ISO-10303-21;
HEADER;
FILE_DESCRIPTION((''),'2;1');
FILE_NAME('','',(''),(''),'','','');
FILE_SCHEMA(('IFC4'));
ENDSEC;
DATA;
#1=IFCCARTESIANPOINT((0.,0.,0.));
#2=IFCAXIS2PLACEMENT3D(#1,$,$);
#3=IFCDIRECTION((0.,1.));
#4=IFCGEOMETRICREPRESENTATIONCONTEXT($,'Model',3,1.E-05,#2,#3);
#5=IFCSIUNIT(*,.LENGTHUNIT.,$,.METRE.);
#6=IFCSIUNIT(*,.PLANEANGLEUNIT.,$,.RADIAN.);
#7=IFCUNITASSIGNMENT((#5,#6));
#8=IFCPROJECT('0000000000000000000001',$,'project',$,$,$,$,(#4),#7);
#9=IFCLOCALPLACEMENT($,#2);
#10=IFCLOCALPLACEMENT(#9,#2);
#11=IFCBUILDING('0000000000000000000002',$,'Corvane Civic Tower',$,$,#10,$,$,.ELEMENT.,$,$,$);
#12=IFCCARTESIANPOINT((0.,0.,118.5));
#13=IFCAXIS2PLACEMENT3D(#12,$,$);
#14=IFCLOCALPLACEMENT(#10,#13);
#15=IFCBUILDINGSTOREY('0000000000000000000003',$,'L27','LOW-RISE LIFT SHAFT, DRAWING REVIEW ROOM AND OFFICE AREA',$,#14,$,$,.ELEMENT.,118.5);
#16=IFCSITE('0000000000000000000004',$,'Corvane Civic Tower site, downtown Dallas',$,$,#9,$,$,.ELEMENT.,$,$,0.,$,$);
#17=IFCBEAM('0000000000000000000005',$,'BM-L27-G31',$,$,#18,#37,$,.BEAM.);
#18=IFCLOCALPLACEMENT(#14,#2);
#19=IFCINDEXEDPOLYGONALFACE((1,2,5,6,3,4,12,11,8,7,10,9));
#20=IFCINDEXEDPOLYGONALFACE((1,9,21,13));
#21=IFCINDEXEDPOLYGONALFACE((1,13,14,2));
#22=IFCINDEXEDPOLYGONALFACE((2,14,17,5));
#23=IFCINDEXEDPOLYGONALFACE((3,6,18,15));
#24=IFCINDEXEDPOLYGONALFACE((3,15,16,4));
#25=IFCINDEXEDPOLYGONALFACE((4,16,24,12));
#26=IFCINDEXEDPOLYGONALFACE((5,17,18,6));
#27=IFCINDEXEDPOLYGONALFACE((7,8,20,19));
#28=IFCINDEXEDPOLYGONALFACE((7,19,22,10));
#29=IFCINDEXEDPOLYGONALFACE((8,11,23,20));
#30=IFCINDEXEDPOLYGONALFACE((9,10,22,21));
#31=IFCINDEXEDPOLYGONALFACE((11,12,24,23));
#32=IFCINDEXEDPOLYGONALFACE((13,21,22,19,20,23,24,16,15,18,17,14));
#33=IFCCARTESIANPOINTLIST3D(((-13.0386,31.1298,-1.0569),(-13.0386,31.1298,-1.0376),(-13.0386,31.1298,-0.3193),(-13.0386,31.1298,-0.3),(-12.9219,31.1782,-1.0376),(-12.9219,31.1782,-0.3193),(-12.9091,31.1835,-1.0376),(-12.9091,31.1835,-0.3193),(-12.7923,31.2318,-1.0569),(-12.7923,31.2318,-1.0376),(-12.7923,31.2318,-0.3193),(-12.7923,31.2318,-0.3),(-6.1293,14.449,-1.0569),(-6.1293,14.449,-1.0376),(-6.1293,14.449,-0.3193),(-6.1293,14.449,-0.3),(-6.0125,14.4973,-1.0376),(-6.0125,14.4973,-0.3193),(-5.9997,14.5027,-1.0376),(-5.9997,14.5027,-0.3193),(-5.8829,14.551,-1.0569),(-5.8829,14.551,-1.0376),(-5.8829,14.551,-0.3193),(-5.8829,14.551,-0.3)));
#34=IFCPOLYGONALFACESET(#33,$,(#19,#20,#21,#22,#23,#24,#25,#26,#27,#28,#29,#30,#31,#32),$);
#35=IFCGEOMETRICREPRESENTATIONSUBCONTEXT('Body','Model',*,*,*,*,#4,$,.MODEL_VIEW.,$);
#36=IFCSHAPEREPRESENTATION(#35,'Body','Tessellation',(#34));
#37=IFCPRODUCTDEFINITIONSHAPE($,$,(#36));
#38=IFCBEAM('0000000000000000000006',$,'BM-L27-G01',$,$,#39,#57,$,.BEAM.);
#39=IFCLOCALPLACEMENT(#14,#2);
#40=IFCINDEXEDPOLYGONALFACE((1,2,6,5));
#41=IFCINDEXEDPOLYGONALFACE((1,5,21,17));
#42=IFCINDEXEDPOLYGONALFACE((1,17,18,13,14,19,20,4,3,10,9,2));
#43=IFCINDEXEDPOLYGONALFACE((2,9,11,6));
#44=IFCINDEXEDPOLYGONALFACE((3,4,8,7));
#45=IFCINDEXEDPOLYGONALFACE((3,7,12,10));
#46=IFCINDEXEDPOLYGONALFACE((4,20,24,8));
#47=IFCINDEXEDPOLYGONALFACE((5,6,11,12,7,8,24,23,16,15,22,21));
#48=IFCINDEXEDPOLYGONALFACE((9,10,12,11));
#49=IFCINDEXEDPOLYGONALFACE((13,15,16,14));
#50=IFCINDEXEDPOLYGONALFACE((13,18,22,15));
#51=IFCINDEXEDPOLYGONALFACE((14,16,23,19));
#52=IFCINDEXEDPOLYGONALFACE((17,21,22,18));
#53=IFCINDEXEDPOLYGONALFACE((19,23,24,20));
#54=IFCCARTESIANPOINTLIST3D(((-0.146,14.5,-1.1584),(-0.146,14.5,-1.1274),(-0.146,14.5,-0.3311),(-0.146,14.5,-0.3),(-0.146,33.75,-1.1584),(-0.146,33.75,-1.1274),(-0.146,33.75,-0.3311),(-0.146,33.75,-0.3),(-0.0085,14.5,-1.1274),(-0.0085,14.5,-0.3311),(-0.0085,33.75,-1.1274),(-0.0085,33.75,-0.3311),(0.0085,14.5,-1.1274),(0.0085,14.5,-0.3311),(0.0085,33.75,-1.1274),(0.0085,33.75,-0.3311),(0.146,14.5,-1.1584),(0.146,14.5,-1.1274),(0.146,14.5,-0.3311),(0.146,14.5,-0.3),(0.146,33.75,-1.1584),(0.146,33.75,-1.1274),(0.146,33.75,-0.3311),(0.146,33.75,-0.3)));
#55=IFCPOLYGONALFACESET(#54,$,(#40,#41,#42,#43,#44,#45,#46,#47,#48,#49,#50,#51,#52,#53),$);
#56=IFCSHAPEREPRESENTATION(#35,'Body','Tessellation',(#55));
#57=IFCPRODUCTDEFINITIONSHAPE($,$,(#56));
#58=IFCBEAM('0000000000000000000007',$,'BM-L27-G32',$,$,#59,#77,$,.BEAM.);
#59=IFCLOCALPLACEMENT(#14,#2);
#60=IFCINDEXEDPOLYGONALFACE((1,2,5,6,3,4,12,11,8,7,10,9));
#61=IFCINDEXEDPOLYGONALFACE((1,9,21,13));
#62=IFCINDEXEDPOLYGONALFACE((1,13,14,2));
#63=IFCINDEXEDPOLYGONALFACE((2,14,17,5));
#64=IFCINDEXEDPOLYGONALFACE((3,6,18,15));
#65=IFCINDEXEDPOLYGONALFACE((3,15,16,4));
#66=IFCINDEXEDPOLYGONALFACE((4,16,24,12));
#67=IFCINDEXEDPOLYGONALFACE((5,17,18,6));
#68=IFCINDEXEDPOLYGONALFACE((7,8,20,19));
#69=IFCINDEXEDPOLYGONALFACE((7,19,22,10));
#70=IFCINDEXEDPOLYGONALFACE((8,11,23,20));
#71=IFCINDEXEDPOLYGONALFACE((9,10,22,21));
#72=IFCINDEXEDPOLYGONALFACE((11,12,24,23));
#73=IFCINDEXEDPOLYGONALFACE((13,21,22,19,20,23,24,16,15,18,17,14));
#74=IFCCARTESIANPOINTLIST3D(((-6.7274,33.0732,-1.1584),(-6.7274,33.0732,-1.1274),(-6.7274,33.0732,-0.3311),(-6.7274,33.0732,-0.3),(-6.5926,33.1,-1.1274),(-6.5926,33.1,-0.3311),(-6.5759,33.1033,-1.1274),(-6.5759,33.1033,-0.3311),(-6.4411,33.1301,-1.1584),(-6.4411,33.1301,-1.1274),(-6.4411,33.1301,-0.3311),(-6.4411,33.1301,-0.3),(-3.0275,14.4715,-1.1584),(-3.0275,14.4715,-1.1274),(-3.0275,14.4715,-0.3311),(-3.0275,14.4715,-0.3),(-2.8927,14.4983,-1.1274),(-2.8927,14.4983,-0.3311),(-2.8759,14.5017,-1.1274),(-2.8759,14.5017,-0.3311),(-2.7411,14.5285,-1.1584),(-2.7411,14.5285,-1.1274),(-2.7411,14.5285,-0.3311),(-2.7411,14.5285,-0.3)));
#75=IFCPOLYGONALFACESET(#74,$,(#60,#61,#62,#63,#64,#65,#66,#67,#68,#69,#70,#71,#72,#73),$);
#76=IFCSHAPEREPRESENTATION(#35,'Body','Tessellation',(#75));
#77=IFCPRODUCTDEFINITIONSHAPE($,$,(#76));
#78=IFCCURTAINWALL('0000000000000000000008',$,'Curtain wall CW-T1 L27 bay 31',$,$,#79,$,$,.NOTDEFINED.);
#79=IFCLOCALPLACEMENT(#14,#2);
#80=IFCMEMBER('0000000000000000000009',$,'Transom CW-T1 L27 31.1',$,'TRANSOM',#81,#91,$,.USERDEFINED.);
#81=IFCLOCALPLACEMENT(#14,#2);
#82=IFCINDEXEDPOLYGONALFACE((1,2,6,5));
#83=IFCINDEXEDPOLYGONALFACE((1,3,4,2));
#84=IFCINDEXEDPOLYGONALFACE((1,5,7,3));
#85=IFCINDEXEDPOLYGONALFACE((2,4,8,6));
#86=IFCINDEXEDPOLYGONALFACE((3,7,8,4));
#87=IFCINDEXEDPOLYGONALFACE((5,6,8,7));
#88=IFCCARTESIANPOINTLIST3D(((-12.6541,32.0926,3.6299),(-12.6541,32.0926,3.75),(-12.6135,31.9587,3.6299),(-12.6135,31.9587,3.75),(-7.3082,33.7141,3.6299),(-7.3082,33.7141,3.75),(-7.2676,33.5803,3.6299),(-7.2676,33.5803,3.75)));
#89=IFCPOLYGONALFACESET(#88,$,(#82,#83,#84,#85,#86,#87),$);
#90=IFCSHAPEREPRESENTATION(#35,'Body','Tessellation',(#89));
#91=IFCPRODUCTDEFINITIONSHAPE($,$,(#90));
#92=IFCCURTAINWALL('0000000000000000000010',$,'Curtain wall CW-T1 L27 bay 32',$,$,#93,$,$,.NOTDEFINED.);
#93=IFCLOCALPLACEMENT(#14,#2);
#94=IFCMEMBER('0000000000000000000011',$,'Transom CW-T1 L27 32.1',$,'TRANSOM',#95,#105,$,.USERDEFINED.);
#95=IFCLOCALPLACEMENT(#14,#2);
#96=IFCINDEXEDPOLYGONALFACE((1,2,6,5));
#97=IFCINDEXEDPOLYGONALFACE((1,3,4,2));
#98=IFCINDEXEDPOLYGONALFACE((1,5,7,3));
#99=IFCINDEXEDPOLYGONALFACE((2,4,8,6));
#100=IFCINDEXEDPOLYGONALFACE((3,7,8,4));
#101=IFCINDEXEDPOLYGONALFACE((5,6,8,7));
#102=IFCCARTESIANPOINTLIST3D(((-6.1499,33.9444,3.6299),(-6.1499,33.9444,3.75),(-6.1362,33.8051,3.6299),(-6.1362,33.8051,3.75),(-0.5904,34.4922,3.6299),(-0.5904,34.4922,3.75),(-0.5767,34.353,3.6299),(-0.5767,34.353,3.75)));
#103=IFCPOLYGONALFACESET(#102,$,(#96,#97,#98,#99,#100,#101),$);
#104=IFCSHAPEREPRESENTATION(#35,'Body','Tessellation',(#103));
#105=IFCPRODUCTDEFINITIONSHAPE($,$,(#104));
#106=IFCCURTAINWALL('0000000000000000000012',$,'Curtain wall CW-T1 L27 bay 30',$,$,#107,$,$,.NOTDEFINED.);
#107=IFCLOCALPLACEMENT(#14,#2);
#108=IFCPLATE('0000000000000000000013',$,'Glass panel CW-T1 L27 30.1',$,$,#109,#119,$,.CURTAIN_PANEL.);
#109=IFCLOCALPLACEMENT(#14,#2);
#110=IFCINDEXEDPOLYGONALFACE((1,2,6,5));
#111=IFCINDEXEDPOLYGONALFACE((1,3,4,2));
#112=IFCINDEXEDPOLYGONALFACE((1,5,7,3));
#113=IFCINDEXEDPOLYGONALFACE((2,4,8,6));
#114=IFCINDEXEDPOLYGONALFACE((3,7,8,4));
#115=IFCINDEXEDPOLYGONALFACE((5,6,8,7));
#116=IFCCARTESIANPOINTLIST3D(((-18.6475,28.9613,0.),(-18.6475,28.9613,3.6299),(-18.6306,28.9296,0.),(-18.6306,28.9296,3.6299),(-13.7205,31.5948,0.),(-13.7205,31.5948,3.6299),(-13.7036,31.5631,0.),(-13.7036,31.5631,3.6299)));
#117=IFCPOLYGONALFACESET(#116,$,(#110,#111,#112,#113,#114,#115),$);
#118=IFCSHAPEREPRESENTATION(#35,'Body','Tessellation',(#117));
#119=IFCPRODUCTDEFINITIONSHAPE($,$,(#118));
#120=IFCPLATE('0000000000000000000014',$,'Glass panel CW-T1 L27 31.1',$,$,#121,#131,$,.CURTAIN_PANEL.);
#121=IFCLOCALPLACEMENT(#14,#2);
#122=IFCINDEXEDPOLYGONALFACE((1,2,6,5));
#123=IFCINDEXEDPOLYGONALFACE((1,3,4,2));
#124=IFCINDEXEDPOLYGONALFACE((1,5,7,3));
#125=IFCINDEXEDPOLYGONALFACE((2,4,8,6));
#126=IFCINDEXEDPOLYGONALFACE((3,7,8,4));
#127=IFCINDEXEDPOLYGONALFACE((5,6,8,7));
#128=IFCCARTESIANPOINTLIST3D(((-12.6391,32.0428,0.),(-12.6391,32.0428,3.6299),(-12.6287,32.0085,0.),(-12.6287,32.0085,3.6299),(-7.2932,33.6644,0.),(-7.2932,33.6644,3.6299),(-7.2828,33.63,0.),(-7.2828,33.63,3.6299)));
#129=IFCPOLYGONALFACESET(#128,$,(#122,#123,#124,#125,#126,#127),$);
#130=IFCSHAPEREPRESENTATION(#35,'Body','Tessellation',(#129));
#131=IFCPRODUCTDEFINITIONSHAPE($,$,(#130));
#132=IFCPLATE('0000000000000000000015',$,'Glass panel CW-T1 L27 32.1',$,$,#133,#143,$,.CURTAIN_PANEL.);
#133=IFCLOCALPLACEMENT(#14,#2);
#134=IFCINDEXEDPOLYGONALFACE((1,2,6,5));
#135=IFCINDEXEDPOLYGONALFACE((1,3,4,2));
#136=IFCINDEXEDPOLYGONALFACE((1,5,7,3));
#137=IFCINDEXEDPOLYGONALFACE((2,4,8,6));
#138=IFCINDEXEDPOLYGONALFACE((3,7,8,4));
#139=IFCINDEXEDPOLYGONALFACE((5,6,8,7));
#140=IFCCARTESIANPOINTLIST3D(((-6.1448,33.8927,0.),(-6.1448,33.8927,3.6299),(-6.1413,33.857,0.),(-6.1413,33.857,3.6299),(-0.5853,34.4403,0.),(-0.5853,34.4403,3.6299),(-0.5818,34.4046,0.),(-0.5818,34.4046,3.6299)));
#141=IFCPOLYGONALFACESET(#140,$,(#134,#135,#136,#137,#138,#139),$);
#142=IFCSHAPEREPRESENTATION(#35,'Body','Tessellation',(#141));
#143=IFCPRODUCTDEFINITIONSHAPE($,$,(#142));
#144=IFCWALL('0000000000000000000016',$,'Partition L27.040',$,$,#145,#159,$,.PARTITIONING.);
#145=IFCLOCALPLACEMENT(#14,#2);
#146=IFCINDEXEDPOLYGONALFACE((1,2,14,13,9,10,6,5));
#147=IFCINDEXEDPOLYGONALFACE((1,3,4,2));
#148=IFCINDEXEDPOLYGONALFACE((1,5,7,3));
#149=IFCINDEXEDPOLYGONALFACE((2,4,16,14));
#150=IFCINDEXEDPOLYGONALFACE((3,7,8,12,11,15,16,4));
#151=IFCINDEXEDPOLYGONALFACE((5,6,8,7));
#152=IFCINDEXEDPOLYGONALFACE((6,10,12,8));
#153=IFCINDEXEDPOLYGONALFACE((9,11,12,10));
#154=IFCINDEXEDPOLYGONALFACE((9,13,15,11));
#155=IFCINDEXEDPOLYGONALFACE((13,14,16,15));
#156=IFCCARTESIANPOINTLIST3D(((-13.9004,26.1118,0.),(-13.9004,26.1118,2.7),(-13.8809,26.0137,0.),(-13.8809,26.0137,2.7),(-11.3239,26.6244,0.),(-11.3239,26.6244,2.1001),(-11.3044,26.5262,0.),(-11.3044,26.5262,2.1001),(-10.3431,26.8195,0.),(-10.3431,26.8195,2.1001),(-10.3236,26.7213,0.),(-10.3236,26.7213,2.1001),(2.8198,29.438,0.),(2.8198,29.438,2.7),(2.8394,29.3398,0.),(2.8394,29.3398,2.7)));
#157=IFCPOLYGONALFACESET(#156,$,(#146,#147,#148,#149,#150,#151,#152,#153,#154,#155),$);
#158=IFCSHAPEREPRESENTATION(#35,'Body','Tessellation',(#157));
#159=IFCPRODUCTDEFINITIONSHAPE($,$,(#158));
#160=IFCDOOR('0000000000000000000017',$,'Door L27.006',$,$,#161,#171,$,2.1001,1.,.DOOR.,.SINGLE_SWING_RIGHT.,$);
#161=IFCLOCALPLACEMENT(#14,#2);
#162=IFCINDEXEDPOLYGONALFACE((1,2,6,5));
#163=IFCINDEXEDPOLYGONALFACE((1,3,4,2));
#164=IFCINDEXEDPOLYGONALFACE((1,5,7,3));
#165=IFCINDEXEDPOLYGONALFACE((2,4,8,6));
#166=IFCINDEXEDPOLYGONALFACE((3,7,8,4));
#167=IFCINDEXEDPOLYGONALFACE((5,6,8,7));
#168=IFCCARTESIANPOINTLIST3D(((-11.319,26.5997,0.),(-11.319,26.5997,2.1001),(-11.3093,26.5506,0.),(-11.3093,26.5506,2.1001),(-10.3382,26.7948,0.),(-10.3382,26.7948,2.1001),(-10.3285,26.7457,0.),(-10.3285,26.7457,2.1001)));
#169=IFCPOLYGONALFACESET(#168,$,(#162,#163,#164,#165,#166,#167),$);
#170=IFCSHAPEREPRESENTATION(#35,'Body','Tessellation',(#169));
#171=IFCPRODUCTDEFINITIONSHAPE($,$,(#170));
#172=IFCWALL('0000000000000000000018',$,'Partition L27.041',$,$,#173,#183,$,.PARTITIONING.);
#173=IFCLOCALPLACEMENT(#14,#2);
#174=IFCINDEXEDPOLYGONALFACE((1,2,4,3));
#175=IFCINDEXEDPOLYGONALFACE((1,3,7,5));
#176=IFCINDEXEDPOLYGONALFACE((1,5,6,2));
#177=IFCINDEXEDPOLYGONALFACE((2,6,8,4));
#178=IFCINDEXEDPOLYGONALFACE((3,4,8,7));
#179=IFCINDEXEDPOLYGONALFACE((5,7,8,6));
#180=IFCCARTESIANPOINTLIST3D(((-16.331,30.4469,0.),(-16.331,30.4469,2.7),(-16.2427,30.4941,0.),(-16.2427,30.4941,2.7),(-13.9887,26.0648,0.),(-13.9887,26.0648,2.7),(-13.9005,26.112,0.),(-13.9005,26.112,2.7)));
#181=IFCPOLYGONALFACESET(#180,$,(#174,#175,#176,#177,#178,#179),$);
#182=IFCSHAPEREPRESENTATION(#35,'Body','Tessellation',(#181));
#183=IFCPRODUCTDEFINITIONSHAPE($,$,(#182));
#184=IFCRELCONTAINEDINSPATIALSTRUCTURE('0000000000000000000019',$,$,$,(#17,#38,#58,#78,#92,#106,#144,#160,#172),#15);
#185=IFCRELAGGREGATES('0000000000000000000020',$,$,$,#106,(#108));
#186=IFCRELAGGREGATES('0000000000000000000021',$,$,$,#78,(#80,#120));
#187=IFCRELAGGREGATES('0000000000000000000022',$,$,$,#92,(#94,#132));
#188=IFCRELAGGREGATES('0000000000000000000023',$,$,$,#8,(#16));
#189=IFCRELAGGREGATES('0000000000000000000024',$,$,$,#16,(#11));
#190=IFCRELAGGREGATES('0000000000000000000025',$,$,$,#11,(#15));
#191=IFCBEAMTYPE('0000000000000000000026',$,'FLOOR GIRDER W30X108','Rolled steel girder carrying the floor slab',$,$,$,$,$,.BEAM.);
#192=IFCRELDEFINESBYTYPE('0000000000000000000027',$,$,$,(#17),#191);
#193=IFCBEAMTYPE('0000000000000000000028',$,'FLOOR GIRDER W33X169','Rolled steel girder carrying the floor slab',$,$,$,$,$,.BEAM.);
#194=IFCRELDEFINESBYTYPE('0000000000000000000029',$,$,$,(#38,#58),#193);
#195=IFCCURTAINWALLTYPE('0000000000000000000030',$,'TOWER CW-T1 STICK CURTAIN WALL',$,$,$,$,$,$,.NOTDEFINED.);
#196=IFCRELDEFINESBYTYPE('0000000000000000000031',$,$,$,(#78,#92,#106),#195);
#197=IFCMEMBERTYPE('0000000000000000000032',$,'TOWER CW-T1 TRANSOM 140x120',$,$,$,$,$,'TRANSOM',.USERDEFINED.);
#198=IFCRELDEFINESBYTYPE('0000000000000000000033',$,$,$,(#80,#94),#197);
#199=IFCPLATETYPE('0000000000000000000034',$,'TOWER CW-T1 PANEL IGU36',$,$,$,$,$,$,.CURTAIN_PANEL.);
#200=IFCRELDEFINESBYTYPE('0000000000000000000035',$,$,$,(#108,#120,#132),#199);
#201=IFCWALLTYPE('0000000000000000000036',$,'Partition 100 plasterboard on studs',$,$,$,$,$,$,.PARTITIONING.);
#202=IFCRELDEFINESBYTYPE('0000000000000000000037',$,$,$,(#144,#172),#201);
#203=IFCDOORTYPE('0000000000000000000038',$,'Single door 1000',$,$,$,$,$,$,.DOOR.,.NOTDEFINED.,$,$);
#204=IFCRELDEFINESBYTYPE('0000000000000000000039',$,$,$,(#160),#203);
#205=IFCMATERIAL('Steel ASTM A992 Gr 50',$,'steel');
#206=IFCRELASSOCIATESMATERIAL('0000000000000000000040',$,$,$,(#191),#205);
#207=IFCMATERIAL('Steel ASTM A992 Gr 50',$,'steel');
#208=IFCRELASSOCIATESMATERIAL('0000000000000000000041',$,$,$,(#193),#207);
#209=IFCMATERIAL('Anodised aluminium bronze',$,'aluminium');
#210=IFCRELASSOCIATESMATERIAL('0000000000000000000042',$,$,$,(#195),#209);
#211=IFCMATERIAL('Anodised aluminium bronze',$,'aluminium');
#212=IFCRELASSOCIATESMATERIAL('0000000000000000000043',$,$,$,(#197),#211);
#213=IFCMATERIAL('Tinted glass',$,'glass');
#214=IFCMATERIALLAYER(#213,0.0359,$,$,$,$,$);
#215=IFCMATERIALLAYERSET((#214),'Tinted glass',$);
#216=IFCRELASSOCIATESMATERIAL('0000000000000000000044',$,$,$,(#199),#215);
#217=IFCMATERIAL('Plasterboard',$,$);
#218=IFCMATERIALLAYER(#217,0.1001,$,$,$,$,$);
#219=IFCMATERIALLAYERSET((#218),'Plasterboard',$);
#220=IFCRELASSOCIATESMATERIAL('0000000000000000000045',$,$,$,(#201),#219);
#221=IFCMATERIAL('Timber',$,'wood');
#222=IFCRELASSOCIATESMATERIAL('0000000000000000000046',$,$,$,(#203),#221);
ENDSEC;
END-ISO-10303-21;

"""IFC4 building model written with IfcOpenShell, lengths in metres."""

from ifc_helpers import new_model, si_unit, direction, frame, frame_2d, origin, origin_2d, place, context, subcontext, project, spatial, rectangle, i_section, extrude, material, layer, layer_set, material_profile, profile_set, type_object, element, fill, aggregate, save


model = new_model("IFC4")

# Units and contexts
model_context = context("Model", 3, precision=1e-05, world=origin(), true_north=direction((0.0, 1.0)))
body_context = subcontext(model_context, "Body", "Model", "MODEL_VIEW")
ifc_project = project(units=[si_unit("LENGTHUNIT", "METRE"), si_unit("PLANEANGLEUNIT", "RADIAN")], contexts=[model_context])

# Site, building, storey
site_placement = place(None, origin())
site = spatial("IfcSite", under=ifc_project, at=site_placement, Name="Corvane Civic Tower site, downtown Dallas", CompositionType="ELEMENT", RefElevation=0.0)
building_placement = place(site_placement, origin())
building = spatial("IfcBuilding", under=site, at=building_placement, Name="Corvane Civic Tower", CompositionType="ELEMENT")
storey_placement = place(building_placement, frame((0.0, 0.0, 118.5)))
storey = spatial("IfcBuildingStorey", under=building, at=storey_placement, Name="L27", Description="LOW-RISE LIFT SHAFT, DRAWING REVIEW ROOM AND OFFICE AREA", CompositionType="ELEMENT", Elevation=118.5)

# Beams
ifc_material_1 = material(Name="Steel ASTM A992 Gr 50", Category="steel")
ifc_material_profile_1 = material_profile(ifc_material_1, i_section(OverallWidth=0.2666, OverallDepth=0.7568, WebThickness=0.0139, FlangeThickness=0.0193, at=origin_2d()), Name="W30X108")
ifc_profile_set_1 = profile_set([ifc_material_profile_1], Name="Steel ASTM A992 Gr 50")
beam_type_1 = type_object("IfcBeamType", Name="FLOOR GIRDER W30X108", Description="Rolled steel girder carrying the floor slab", PredefinedType="BEAM", material=ifc_profile_set_1)
beam_1_placement = place(storey_placement, frame((-6.0061, 14.5, -0.6785), z_axis=(-0.382682, 0.92388, 0.0), x_axis=(-0.92388, -0.382682, 0.0)))
element("IfcBeam", 1, at=beam_1_placement, inside=storey, type_object=beam_type_1, Name="BM-L27-G31", PredefinedType="BEAM", context=body_context, shape_type="SweptSolid", body=[
    extrude(i_section(OverallWidth=0.2666, OverallDepth=0.7568, WebThickness=0.0139, FlangeThickness=0.0193, at=origin_2d()), origin(), (0.0, 0.0, 1.0), 18.0552),
])
ifc_material_2 = material(Name="Steel ASTM A992 Gr 50", Category="steel")
ifc_material_profile_2 = material_profile(ifc_material_2, i_section(OverallWidth=0.292, OverallDepth=0.8584, WebThickness=0.0171, FlangeThickness=0.031, at=origin_2d()), Name="W33X169")
ifc_profile_set_2 = profile_set([ifc_material_profile_2], Name="Steel ASTM A992 Gr 50")
beam_type_2 = type_object("IfcBeamType", Name="FLOOR GIRDER W33X169", Description="Rolled steel girder carrying the floor slab", PredefinedType="BEAM", material=ifc_profile_set_2)
beam_2_placement = place(storey_placement, frame((0.0, 14.5, -0.7292), z_axis=(0.0, 1.0, 0.0), x_axis=(-1.0, 0.0, 0.0)))
element("IfcBeam", 2, at=beam_2_placement, inside=storey, type_object=beam_type_2, Name="BM-L27-G01", PredefinedType="BEAM", context=body_context, shape_type="SweptSolid", body=[
    extrude(i_section(OverallWidth=0.292, OverallDepth=0.8584, WebThickness=0.0171, FlangeThickness=0.031, at=origin_2d()), origin(), (0.0, 0.0, 1.0), 19.25),
])
beam_3_placement = place(storey_placement, frame((-2.8843, 14.5, -0.7292), z_axis=(-0.195084, 0.980787, 0.0), x_axis=(-0.980787, -0.195084, 0.0)))
element("IfcBeam", 3, at=beam_3_placement, inside=storey, type_object=beam_type_2, Name="BM-L27-G32", PredefinedType="BEAM", context=body_context, shape_type="SweptSolid", body=[
    extrude(i_section(OverallWidth=0.292, OverallDepth=0.8584, WebThickness=0.0171, FlangeThickness=0.031, at=origin_2d()), origin(), (0.0, 0.0, 1.0), 18.9661),
])

# Curtain walls, members
ifc_material_3 = material(Name="Anodised aluminium bronze", Category="aluminium")
curtain_wall_type = type_object("IfcCurtainWallType", Name="TOWER CW-T1 STICK CURTAIN WALL", PredefinedType="NOTDEFINED", material=ifc_material_3)
curtain_wall_1_placement = place(storey_placement, origin())
curtain_wall_1 = element("IfcCurtainWall", 4, at=curtain_wall_1_placement, inside=storey, type_object=curtain_wall_type, Name="Curtain wall CW-T1 L27 bay 31", PredefinedType="NOTDEFINED")
ifc_material_4 = material(Name="Anodised aluminium bronze", Category="aluminium")
ifc_material_profile_3 = material_profile(ifc_material_4, rectangle(XDim=0.1399, YDim=0.1201, at=origin_2d()), Name="TOWER CW-T1 TRANSOM 140x120")
ifc_profile_set_3 = profile_set([ifc_material_profile_3], Name="Anodised aluminium bronze")
member_type = type_object("IfcMemberType", Name="TOWER CW-T1 TRANSOM 140x120", ElementType="TRANSOM", PredefinedType="USERDEFINED", material=ifc_profile_set_3)
member_1_placement = place(storey_placement, frame((-12.6338, 32.0256, 3.6899), z_axis=(0.956945, 0.290269, 0.0), x_axis=(-0.290269, 0.956945, 0.0)))
member_1 = element("IfcMember", 5, at=member_1_placement, type_object=member_type, Name="Transom CW-T1 L27 31.1", ObjectType="TRANSOM", PredefinedType="USERDEFINED", context=body_context, shape_type="SweptSolid", body=[
    extrude(rectangle(XDim=0.1399, YDim=0.1201, at=origin_2d()), origin(), (0.0, 0.0, 1.0), 5.5864),
])
curtain_wall_2_placement = place(storey_placement, origin())
curtain_wall_2 = element("IfcCurtainWall", 6, at=curtain_wall_2_placement, inside=storey, type_object=curtain_wall_type, Name="Curtain wall CW-T1 L27 bay 32", PredefinedType="NOTDEFINED")
member_2_placement = place(storey_placement, frame((-6.1431, 33.8748, 3.6899), z_axis=(0.99518, 0.098067, 0.0), x_axis=(-0.098067, 0.99518, 0.0)))
member_2 = element("IfcMember", 7, at=member_2_placement, type_object=member_type, Name="Transom CW-T1 L27 32.1", ObjectType="TRANSOM", PredefinedType="USERDEFINED", context=body_context, shape_type="SweptSolid", body=[
    extrude(rectangle(XDim=0.1399, YDim=0.1201, at=origin_2d()), origin(), (0.0, 0.0, 1.0), 5.5864),
])

# Curtain wall, plate
curtain_wall_3_placement = place(storey_placement, origin())
curtain_wall_3 = element("IfcCurtainWall", 8, at=curtain_wall_3_placement, inside=storey, type_object=curtain_wall_type, Name="Curtain wall CW-T1 L27 bay 30", PredefinedType="NOTDEFINED")
ifc_material_5 = material(Name="Tinted glass", Category="glass")
ifc_layer_1 = layer(ifc_material_5, 0.0359)
ifc_layer_set_1 = layer_set([ifc_layer_1], Name="Tinted glass")
plate_type = type_object("IfcPlateType", Name="TOWER CW-T1 PANEL IGU36", PredefinedType="CURTAIN_PANEL", material=ifc_layer_set_1)
plate_1_placement = place(storey_placement, frame((-16.1755, 30.2622, 0.0), z_axis=(0.0, 0.0, 1.0), x_axis=(0.881924, 0.471392, 0.0)))
plate_1 = element("IfcPlate", 9, at=plate_1_placement, type_object=plate_type, Name="Glass panel CW-T1 L27 30.1", PredefinedType="CURTAIN_PANEL", context=body_context, shape_type="SweptSolid", body=[
    extrude(rectangle(XDim=5.5867, YDim=0.0359, at=origin_2d()), origin(), (0.0, 0.0, 1.0), 3.6299),
])
aggregate(curtain_wall_3, [plate_1])

# Plates
plate_2_placement = place(storey_placement, frame((-9.9609, 32.8364, 0.0), z_axis=(0.0, 0.0, 1.0), x_axis=(0.956946, 0.290266, 0.0)))
plate_2 = element("IfcPlate", 10, at=plate_2_placement, type_object=plate_type, Name="Glass panel CW-T1 L27 31.1", PredefinedType="CURTAIN_PANEL", context=body_context, shape_type="SweptSolid", body=[
    extrude(rectangle(XDim=5.5864, YDim=0.0359, at=origin_2d()), origin(), (0.0, 0.0, 1.0), 3.6299),
])
aggregate(curtain_wall_1, [member_1, plate_2])
plate_3_placement = place(storey_placement, frame((-3.3633, 34.1487, 0.0), z_axis=(0.0, 0.0, 1.0), x_axis=(0.995184, 0.098027, 0.0)))
plate_3 = element("IfcPlate", 11, at=plate_3_placement, type_object=plate_type, Name="Glass panel CW-T1 L27 32.1", PredefinedType="CURTAIN_PANEL", context=body_context, shape_type="SweptSolid", body=[
    extrude(rectangle(XDim=5.5864, YDim=0.0359, at=origin_2d()), origin(), (0.0, 0.0, 1.0), 3.6299),
])
aggregate(curtain_wall_2, [member_2, plate_3])

# Wall, opening, door
ifc_material_6 = material(Name="Plasterboard")
ifc_layer_2 = layer(ifc_material_6, 0.1001)
ifc_layer_set_2 = layer_set([ifc_layer_2], Name="Plasterboard")
wall_type = type_object("IfcWallType", Name="Partition 100 plasterboard on studs", PredefinedType="PARTITIONING", material=ifc_layer_set_2)
wall_1_placement = place(storey_placement, frame((-13.8906, 26.0627, 0.0), z_axis=(0.0, 0.0, 1.0), x_axis=(0.980782, 0.195108, 0.0)))
wall_1 = element("IfcWall", 12, at=wall_1_placement, inside=storey, type_object=wall_type, Name="Partition L27.040", PredefinedType="PARTITIONING", context=body_context, shape_type="SweptSolid", body=[
    extrude(rectangle(XDim=17.0479, YDim=0.1001, at=frame_2d((8.5239, 0.0))), origin(), (0.0, 0.0, 1.0), 2.7),
])
opening_placement = place(wall_1_placement, frame((2.627, 0.0, 0.0)))
opening = element("IfcOpeningElement", 13, at=opening_placement, cuts=wall_1, PredefinedType="OPENING", context=body_context, shape_type="SweptSolid", body=[
    extrude(rectangle(XDim=1.0, YDim=2.1001, at=frame_2d((0.5, 1.05))), frame((0.0, 0.0601, 0.0), z_axis=(0.0, -1.0, 0.0), x_axis=(1.0, 0.0, 0.0)), (0.0, 0.0, 1.0), 0.1201),
])
ifc_material_7 = material(Name="Timber", Category="wood")
door_type = type_object("IfcDoorType", Name="Single door 1000", OperationType="NOTDEFINED", PredefinedType="DOOR", material=ifc_material_7)
door_placement = place(opening_placement, origin())
door = element("IfcDoor", 14, at=door_placement, inside=storey, type_object=door_type, Name="Door L27.006", OperationType="SINGLE_SWING_RIGHT", OverallHeight=2.1001, OverallWidth=1.0, PredefinedType="DOOR", context=body_context, shape_type="SweptSolid", body=[
    extrude(rectangle(XDim=1.0, YDim=2.1001, at=frame_2d((0.5, 1.05))), frame((0.0, 0.0249, 0.0), z_axis=(0.0, -1.0, 0.0), x_axis=(1.0, 0.0, 0.0)), (0.0, 0.0, 1.0), 0.05),
])
fill(opening, door)

# Wall
wall_2_placement = place(storey_placement, frame((-16.2869, 30.4705, 0.0), z_axis=(0.0, 0.0, 1.0), x_axis=(0.471399, -0.88192, 0.0)))
element("IfcWall", 15, at=wall_2_placement, inside=storey, type_object=wall_type, Name="Partition L27.041", PredefinedType="PARTITIONING", context=body_context, shape_type="SweptSolid", body=[
    extrude(rectangle(XDim=4.9688, YDim=0.1001, at=frame_2d((2.4844, 0.0))), origin(), (0.0, 0.0, 1.0), 2.7),
])

save(model, "model.ifc")
